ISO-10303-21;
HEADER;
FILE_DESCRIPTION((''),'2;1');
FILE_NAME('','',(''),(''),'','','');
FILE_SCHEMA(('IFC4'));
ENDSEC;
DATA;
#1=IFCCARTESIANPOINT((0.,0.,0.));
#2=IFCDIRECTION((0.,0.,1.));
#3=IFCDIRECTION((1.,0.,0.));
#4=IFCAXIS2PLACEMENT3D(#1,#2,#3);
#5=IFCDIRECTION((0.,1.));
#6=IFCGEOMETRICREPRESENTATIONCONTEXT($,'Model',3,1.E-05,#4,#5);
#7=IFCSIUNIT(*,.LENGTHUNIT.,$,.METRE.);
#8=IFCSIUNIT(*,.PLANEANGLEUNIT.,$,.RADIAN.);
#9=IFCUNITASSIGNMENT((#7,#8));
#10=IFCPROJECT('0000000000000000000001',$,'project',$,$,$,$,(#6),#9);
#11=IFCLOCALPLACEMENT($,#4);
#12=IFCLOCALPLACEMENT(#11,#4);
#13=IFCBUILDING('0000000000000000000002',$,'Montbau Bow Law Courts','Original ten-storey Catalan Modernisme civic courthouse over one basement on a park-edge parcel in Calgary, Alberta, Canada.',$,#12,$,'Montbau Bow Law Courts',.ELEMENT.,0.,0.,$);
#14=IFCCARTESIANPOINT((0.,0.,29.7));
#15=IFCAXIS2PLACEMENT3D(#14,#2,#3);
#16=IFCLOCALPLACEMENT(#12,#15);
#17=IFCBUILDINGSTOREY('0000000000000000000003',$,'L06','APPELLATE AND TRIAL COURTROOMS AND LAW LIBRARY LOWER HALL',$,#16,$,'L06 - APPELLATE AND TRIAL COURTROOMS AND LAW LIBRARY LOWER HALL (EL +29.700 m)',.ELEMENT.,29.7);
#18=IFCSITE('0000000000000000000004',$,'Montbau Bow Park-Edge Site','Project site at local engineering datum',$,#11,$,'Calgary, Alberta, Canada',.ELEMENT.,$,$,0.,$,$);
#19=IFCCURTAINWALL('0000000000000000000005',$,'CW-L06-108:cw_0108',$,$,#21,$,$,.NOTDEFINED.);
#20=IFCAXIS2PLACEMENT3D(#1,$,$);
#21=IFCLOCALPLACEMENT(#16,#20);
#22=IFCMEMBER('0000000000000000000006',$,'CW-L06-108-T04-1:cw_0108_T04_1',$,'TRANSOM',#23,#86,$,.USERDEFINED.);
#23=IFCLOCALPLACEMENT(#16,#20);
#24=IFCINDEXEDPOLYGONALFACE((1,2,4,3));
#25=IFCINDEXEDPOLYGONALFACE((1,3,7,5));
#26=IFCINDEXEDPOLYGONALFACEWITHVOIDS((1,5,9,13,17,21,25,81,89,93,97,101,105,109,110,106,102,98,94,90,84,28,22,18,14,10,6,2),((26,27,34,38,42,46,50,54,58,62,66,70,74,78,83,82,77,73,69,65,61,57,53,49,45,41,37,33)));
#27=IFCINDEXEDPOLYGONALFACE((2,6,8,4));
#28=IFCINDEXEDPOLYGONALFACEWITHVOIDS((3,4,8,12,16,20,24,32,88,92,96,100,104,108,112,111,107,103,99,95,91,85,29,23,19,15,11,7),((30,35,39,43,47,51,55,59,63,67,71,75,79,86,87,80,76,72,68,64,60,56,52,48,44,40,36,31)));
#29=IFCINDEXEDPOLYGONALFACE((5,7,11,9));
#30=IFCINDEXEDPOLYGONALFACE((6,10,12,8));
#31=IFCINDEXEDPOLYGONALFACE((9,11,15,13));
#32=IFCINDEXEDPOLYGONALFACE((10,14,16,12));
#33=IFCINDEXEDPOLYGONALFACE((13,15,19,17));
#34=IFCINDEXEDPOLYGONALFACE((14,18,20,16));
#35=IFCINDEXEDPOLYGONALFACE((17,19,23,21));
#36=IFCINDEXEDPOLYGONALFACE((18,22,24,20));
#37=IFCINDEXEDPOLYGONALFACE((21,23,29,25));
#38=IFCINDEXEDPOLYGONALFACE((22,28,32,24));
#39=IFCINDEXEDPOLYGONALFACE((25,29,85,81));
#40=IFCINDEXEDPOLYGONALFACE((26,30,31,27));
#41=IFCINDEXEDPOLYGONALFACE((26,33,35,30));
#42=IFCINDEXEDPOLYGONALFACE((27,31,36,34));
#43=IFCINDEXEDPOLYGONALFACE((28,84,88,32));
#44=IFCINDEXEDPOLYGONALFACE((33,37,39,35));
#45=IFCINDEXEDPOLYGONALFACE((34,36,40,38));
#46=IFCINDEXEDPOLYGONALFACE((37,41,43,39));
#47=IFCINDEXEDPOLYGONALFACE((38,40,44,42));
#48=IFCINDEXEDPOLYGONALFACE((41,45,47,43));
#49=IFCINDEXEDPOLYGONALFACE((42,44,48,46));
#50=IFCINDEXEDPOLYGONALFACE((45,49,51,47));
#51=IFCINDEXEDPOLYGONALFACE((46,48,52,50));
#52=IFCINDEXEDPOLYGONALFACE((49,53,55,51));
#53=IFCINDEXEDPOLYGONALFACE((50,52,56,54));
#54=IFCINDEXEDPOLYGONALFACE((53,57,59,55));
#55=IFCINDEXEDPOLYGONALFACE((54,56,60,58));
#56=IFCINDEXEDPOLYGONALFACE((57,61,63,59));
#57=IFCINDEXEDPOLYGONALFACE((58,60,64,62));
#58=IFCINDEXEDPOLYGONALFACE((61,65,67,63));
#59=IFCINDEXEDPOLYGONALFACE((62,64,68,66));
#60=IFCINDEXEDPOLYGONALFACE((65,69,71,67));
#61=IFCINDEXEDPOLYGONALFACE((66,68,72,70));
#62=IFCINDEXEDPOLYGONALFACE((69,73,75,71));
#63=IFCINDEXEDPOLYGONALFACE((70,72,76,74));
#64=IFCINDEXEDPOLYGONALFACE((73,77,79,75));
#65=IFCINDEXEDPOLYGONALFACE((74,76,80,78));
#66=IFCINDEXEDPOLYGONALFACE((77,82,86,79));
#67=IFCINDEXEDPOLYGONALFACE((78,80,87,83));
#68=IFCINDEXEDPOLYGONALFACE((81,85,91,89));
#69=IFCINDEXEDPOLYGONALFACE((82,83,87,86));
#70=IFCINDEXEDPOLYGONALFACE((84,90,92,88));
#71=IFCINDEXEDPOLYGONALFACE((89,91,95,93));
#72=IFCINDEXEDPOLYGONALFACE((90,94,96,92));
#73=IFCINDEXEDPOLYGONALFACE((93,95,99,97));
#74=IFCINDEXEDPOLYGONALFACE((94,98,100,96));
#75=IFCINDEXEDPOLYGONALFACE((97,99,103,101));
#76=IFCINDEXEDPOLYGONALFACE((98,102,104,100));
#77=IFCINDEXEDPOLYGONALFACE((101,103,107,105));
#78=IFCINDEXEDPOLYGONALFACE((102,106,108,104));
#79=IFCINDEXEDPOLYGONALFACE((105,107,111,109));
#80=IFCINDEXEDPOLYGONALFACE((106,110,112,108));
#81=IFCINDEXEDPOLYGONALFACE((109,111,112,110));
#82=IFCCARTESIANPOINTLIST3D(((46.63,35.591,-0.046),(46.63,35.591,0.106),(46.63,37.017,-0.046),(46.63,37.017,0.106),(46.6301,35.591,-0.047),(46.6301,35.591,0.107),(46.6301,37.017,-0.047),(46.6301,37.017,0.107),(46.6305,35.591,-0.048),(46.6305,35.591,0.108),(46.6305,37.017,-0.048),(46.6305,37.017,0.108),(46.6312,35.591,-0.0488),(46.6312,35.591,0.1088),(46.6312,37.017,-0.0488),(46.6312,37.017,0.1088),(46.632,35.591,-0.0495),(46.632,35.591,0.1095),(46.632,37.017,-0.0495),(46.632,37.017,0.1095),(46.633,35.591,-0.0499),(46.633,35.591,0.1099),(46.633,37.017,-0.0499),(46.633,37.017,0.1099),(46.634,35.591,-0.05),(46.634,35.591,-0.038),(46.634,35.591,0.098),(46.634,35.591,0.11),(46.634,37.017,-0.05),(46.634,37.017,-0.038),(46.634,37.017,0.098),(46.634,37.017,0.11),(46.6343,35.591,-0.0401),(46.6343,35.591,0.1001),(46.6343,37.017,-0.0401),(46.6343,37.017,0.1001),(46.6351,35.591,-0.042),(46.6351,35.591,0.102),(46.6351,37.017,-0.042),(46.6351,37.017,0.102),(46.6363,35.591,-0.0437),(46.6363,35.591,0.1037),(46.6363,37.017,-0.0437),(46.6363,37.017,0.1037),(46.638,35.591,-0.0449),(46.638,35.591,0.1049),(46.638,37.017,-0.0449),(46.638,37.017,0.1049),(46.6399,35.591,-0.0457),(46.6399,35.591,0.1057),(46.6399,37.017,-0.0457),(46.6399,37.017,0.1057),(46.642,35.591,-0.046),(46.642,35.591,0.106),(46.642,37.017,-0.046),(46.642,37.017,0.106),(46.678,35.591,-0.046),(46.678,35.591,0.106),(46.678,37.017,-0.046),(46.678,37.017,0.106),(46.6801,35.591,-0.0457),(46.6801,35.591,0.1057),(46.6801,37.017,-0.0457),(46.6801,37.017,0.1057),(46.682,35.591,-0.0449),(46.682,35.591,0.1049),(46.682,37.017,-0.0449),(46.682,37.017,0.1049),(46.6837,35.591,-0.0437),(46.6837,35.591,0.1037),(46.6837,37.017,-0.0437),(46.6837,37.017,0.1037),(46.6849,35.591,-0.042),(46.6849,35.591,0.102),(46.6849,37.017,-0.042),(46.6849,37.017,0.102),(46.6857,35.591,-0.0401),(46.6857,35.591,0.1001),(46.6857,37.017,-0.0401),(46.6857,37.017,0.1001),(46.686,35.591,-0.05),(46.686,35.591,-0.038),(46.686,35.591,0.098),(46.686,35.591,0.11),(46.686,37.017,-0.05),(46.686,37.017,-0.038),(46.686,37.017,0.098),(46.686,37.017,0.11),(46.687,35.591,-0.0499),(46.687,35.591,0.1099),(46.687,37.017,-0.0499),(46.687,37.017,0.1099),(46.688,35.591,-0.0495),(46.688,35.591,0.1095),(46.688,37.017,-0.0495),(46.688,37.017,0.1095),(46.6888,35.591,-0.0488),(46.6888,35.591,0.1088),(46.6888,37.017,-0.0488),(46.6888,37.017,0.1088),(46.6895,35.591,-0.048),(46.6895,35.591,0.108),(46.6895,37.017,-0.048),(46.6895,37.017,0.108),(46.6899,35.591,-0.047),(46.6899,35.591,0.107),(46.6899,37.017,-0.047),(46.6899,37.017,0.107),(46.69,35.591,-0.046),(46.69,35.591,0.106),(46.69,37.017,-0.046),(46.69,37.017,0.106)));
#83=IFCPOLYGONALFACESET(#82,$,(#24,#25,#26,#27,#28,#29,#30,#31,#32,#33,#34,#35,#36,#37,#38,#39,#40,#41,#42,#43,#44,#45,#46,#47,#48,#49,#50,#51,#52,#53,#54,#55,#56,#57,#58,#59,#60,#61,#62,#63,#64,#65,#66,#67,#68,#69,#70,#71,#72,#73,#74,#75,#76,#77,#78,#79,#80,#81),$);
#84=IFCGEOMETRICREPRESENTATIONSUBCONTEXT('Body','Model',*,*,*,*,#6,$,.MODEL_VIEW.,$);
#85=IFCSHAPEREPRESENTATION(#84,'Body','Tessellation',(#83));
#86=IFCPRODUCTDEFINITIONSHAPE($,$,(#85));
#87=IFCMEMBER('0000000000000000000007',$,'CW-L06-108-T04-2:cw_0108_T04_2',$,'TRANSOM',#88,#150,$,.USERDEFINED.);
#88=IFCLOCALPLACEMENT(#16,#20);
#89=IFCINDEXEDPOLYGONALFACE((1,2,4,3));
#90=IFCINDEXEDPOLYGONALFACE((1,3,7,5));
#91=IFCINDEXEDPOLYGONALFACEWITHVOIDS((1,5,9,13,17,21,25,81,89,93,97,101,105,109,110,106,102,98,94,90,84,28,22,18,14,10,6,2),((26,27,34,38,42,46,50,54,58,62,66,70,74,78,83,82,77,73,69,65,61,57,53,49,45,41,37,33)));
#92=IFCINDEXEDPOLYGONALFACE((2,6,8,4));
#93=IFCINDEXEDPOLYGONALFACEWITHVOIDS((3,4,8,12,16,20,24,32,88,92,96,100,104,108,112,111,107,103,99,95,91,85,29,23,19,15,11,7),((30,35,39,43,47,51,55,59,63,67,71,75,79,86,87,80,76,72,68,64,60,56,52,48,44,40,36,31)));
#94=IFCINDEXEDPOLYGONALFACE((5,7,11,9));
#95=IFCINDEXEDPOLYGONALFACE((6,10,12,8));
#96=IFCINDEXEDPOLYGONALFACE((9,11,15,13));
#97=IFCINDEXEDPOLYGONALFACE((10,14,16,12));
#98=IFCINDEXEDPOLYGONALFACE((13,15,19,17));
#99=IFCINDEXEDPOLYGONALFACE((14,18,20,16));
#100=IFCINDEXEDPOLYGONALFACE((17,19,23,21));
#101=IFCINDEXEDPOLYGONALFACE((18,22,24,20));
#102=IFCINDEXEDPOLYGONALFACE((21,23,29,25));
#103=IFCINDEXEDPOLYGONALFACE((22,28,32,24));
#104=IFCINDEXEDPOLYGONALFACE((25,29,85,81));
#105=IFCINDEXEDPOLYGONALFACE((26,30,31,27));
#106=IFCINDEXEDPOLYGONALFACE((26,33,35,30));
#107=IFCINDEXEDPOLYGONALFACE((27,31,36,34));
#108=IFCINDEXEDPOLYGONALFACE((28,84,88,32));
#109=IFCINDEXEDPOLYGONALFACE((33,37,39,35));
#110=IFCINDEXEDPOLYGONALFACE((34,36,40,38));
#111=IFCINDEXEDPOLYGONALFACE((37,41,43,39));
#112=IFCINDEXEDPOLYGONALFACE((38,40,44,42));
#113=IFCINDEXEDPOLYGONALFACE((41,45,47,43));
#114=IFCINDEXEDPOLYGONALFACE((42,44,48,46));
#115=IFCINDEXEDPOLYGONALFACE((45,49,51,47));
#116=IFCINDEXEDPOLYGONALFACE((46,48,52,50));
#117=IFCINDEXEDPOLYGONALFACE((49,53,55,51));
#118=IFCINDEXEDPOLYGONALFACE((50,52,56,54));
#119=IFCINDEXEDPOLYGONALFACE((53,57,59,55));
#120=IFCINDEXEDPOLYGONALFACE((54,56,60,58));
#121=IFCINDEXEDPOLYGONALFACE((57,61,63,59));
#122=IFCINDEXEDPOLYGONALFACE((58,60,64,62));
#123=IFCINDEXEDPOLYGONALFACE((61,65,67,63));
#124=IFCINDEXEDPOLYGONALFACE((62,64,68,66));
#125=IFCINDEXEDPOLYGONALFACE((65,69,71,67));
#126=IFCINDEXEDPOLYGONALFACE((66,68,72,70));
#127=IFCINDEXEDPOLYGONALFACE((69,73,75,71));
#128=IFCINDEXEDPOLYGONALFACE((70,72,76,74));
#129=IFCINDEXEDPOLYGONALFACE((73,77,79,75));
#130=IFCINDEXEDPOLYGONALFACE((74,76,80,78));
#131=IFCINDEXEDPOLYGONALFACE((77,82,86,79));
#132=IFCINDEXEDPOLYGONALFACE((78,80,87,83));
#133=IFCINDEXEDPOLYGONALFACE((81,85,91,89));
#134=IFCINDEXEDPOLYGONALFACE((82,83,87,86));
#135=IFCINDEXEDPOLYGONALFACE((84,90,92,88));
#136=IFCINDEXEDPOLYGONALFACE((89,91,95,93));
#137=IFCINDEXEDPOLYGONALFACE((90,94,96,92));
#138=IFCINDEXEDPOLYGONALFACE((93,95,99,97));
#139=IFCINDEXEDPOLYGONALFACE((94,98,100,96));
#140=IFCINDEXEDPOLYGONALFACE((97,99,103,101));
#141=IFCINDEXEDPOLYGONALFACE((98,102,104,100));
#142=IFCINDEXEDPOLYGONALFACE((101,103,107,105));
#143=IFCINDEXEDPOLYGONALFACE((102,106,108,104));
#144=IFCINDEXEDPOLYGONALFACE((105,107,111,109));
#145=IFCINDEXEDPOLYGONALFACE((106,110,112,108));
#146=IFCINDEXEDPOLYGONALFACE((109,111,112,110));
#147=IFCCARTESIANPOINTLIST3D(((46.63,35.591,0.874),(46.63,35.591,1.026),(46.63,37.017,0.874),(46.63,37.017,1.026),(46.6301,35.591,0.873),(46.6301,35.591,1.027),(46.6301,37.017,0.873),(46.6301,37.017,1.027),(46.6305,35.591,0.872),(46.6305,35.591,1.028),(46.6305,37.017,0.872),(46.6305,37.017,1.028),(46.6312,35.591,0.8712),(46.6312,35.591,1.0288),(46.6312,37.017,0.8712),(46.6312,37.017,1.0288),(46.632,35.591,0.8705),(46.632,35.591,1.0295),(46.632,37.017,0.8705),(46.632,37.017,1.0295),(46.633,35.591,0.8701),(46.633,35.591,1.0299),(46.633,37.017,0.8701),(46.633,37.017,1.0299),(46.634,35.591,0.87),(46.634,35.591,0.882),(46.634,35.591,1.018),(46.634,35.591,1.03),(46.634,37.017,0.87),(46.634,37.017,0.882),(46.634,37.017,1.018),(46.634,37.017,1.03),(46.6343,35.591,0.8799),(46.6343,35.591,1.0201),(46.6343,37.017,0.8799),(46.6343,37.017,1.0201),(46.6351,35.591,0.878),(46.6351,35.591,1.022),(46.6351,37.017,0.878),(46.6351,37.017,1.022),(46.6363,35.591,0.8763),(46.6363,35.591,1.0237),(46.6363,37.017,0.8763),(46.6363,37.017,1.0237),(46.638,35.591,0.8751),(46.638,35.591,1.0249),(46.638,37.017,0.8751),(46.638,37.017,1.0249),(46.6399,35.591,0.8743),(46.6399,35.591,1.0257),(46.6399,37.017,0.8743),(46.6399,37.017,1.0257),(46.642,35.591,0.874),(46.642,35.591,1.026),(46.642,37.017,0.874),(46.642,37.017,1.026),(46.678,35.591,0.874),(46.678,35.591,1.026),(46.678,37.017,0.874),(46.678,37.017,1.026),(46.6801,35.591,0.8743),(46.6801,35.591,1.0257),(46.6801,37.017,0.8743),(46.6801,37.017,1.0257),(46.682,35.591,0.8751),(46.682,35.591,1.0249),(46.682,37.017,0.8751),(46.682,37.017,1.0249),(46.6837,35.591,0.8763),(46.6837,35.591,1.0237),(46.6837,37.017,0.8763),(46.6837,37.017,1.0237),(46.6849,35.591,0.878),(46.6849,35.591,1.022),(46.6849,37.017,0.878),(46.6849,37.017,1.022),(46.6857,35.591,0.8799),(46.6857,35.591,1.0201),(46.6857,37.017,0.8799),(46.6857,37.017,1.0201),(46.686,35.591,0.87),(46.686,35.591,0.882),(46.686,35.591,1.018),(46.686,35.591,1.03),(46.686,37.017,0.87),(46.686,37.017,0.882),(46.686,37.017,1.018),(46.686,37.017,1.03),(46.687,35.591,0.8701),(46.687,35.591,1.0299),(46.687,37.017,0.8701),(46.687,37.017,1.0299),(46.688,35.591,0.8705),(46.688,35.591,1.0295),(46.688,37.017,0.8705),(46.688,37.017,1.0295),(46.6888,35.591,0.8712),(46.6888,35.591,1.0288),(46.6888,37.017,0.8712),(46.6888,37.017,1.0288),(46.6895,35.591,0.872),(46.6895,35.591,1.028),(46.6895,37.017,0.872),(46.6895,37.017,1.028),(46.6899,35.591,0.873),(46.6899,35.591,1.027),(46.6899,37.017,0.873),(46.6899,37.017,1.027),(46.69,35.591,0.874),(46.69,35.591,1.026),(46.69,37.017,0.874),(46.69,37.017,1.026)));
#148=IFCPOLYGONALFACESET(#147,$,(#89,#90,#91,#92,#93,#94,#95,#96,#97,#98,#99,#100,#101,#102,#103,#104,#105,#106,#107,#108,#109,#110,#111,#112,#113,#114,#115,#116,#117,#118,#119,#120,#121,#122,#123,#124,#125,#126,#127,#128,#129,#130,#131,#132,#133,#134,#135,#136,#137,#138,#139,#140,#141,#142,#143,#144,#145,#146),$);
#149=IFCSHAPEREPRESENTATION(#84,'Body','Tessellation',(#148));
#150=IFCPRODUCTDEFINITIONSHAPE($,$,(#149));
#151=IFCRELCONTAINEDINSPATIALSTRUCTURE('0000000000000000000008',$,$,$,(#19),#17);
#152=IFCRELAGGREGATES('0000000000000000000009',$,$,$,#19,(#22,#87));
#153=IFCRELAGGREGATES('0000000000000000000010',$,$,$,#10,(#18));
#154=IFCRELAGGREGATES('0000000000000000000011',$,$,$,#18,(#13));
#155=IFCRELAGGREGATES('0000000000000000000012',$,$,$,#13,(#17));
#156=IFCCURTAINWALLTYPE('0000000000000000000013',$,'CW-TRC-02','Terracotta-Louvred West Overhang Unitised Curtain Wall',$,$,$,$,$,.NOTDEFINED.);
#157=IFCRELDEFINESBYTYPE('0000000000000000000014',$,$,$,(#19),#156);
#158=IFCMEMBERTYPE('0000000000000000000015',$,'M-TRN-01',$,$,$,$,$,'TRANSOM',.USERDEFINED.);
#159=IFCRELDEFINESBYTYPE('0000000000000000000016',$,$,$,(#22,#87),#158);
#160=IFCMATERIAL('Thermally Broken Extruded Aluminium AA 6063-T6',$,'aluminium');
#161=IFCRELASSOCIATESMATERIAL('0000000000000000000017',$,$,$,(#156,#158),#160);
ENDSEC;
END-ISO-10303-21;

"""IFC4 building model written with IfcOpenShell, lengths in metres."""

from ifc_helpers import new_model, si_unit, direction, frame, origin_with_axes, origin_2d_with_axis, place, context, subcontext, project, spatial, hollow_rectangle, extrude, material, material_profile, profile_set, type_object, element, aggregate, save


model = new_model("IFC4")

# Units and contexts
model_context = context("Model", 3, precision=1e-05, world=origin_with_axes(), true_north=direction((0.0, 1.0)))
body_context = subcontext(model_context, "Body", "Model", "MODEL_VIEW")
ifc_project = project(units=[si_unit("LENGTHUNIT", "METRE"), si_unit("PLANEANGLEUNIT", "RADIAN")], contexts=[model_context])

# Site, building, storey
site_placement = place(None, origin_with_axes())
site = spatial("IfcSite", under=ifc_project, at=site_placement, Name="Montbau Bow Park-Edge Site", Description="Project site at local engineering datum", LongName="Calgary, Alberta, Canada", CompositionType="ELEMENT", RefElevation=0.0)
building_placement = place(site_placement, origin_with_axes())
building = spatial("IfcBuilding", under=site, at=building_placement, Name="Montbau Bow Law Courts", Description="Original ten-storey Catalan Modernisme civic courthouse over one basement on a park-edge parcel in Calgary, Alberta, Canada.", LongName="Montbau Bow Law Courts", CompositionType="ELEMENT", ElevationOfRefHeight=0.0, ElevationOfTerrain=0.0)
storey_placement = place(building_placement, frame((0.0, 0.0, 29.7), z_axis=(0.0, 0.0, 1.0), x_axis=(1.0, 0.0, 0.0)))
storey = spatial("IfcBuildingStorey", under=building, at=storey_placement, Name="L06", Description="APPELLATE AND TRIAL COURTROOMS AND LAW LIBRARY LOWER HALL", LongName="L06 - APPELLATE AND TRIAL COURTROOMS AND LAW LIBRARY LOWER HALL (EL +29.700 m)", CompositionType="ELEMENT", Elevation=29.7)

# Curtain wall, members
ifc_material_1 = material(Name="Thermally Broken Extruded Aluminium AA 6063-T6", Category="aluminium")
curtain_wall_type = type_object("IfcCurtainWallType", Name="CW-TRC-02", Description="Terracotta-Louvred West Overhang Unitised Curtain Wall", PredefinedType="NOTDEFINED", material=ifc_material_1)
curtain_wall_placement = place(None, frame((46.66, 31.04, 29.7), z_axis=(0.0, 0.0, 1.0), x_axis=(1.0, 0.0, 0.0)))
curtain_wall = element("IfcCurtainWall", 1, at=curtain_wall_placement, inside=storey, type_object=curtain_wall_type, Name="CW-L06-108:cw_0108", PredefinedType="NOTDEFINED")
ifc_material_profile_1 = material_profile(ifc_material_1, hollow_rectangle(XDim=0.06, YDim=0.16, WallThickness=0.004, InnerFilletRadius=0.008, OuterFilletRadius=0.004, at=origin_2d_with_axis()), Name="CWT-160X60", Category="Main", Priority=0)
ifc_profile_set_1 = profile_set([ifc_material_profile_1], Name="Thermally Broken Extruded Aluminium AA 6063-T6")
member_type_1 = type_object("IfcMemberType", Name="M-TRN-01", ElementType="TRANSOM", PredefinedType="USERDEFINED", material=ifc_profile_set_1)
member_1_placement = place(None, frame((46.66, 35.591, 29.73), z_axis=(0.0, 1.0, 0.0), x_axis=(-1.0, 0.0, 0.0)))
member_1 = element("IfcMember", 2, at=member_1_placement, type_object=member_type_1, Name="CW-L06-108-T04-1:cw_0108_T04_1", ObjectType="TRANSOM", PredefinedType="USERDEFINED", context=body_context, shape_type="SweptSolid", body=[
    extrude(hollow_rectangle(XDim=0.06, YDim=0.16, WallThickness=0.004, InnerFilletRadius=0.008, OuterFilletRadius=0.004, at=origin_2d_with_axis()), origin_with_axes(), (0.0, 0.0, 1.0), 1.426),
])
member_2_placement = place(None, frame((46.66, 35.591, 30.65), z_axis=(0.0, 1.0, 0.0), x_axis=(-1.0, 0.0, 0.0)))
member_2 = element("IfcMember", 3, at=member_2_placement, type_object=member_type_1, Name="CW-L06-108-T04-2:cw_0108_T04_2", ObjectType="TRANSOM", PredefinedType="USERDEFINED", context=body_context, shape_type="SweptSolid", body=[
    extrude(hollow_rectangle(XDim=0.06, YDim=0.16, WallThickness=0.004, InnerFilletRadius=0.008, OuterFilletRadius=0.004, at=origin_2d_with_axis()), origin_with_axes(), (0.0, 0.0, 1.0), 1.426),
])
aggregate(curtain_wall, [member_1, member_2])

save(model, "model.ifc")
